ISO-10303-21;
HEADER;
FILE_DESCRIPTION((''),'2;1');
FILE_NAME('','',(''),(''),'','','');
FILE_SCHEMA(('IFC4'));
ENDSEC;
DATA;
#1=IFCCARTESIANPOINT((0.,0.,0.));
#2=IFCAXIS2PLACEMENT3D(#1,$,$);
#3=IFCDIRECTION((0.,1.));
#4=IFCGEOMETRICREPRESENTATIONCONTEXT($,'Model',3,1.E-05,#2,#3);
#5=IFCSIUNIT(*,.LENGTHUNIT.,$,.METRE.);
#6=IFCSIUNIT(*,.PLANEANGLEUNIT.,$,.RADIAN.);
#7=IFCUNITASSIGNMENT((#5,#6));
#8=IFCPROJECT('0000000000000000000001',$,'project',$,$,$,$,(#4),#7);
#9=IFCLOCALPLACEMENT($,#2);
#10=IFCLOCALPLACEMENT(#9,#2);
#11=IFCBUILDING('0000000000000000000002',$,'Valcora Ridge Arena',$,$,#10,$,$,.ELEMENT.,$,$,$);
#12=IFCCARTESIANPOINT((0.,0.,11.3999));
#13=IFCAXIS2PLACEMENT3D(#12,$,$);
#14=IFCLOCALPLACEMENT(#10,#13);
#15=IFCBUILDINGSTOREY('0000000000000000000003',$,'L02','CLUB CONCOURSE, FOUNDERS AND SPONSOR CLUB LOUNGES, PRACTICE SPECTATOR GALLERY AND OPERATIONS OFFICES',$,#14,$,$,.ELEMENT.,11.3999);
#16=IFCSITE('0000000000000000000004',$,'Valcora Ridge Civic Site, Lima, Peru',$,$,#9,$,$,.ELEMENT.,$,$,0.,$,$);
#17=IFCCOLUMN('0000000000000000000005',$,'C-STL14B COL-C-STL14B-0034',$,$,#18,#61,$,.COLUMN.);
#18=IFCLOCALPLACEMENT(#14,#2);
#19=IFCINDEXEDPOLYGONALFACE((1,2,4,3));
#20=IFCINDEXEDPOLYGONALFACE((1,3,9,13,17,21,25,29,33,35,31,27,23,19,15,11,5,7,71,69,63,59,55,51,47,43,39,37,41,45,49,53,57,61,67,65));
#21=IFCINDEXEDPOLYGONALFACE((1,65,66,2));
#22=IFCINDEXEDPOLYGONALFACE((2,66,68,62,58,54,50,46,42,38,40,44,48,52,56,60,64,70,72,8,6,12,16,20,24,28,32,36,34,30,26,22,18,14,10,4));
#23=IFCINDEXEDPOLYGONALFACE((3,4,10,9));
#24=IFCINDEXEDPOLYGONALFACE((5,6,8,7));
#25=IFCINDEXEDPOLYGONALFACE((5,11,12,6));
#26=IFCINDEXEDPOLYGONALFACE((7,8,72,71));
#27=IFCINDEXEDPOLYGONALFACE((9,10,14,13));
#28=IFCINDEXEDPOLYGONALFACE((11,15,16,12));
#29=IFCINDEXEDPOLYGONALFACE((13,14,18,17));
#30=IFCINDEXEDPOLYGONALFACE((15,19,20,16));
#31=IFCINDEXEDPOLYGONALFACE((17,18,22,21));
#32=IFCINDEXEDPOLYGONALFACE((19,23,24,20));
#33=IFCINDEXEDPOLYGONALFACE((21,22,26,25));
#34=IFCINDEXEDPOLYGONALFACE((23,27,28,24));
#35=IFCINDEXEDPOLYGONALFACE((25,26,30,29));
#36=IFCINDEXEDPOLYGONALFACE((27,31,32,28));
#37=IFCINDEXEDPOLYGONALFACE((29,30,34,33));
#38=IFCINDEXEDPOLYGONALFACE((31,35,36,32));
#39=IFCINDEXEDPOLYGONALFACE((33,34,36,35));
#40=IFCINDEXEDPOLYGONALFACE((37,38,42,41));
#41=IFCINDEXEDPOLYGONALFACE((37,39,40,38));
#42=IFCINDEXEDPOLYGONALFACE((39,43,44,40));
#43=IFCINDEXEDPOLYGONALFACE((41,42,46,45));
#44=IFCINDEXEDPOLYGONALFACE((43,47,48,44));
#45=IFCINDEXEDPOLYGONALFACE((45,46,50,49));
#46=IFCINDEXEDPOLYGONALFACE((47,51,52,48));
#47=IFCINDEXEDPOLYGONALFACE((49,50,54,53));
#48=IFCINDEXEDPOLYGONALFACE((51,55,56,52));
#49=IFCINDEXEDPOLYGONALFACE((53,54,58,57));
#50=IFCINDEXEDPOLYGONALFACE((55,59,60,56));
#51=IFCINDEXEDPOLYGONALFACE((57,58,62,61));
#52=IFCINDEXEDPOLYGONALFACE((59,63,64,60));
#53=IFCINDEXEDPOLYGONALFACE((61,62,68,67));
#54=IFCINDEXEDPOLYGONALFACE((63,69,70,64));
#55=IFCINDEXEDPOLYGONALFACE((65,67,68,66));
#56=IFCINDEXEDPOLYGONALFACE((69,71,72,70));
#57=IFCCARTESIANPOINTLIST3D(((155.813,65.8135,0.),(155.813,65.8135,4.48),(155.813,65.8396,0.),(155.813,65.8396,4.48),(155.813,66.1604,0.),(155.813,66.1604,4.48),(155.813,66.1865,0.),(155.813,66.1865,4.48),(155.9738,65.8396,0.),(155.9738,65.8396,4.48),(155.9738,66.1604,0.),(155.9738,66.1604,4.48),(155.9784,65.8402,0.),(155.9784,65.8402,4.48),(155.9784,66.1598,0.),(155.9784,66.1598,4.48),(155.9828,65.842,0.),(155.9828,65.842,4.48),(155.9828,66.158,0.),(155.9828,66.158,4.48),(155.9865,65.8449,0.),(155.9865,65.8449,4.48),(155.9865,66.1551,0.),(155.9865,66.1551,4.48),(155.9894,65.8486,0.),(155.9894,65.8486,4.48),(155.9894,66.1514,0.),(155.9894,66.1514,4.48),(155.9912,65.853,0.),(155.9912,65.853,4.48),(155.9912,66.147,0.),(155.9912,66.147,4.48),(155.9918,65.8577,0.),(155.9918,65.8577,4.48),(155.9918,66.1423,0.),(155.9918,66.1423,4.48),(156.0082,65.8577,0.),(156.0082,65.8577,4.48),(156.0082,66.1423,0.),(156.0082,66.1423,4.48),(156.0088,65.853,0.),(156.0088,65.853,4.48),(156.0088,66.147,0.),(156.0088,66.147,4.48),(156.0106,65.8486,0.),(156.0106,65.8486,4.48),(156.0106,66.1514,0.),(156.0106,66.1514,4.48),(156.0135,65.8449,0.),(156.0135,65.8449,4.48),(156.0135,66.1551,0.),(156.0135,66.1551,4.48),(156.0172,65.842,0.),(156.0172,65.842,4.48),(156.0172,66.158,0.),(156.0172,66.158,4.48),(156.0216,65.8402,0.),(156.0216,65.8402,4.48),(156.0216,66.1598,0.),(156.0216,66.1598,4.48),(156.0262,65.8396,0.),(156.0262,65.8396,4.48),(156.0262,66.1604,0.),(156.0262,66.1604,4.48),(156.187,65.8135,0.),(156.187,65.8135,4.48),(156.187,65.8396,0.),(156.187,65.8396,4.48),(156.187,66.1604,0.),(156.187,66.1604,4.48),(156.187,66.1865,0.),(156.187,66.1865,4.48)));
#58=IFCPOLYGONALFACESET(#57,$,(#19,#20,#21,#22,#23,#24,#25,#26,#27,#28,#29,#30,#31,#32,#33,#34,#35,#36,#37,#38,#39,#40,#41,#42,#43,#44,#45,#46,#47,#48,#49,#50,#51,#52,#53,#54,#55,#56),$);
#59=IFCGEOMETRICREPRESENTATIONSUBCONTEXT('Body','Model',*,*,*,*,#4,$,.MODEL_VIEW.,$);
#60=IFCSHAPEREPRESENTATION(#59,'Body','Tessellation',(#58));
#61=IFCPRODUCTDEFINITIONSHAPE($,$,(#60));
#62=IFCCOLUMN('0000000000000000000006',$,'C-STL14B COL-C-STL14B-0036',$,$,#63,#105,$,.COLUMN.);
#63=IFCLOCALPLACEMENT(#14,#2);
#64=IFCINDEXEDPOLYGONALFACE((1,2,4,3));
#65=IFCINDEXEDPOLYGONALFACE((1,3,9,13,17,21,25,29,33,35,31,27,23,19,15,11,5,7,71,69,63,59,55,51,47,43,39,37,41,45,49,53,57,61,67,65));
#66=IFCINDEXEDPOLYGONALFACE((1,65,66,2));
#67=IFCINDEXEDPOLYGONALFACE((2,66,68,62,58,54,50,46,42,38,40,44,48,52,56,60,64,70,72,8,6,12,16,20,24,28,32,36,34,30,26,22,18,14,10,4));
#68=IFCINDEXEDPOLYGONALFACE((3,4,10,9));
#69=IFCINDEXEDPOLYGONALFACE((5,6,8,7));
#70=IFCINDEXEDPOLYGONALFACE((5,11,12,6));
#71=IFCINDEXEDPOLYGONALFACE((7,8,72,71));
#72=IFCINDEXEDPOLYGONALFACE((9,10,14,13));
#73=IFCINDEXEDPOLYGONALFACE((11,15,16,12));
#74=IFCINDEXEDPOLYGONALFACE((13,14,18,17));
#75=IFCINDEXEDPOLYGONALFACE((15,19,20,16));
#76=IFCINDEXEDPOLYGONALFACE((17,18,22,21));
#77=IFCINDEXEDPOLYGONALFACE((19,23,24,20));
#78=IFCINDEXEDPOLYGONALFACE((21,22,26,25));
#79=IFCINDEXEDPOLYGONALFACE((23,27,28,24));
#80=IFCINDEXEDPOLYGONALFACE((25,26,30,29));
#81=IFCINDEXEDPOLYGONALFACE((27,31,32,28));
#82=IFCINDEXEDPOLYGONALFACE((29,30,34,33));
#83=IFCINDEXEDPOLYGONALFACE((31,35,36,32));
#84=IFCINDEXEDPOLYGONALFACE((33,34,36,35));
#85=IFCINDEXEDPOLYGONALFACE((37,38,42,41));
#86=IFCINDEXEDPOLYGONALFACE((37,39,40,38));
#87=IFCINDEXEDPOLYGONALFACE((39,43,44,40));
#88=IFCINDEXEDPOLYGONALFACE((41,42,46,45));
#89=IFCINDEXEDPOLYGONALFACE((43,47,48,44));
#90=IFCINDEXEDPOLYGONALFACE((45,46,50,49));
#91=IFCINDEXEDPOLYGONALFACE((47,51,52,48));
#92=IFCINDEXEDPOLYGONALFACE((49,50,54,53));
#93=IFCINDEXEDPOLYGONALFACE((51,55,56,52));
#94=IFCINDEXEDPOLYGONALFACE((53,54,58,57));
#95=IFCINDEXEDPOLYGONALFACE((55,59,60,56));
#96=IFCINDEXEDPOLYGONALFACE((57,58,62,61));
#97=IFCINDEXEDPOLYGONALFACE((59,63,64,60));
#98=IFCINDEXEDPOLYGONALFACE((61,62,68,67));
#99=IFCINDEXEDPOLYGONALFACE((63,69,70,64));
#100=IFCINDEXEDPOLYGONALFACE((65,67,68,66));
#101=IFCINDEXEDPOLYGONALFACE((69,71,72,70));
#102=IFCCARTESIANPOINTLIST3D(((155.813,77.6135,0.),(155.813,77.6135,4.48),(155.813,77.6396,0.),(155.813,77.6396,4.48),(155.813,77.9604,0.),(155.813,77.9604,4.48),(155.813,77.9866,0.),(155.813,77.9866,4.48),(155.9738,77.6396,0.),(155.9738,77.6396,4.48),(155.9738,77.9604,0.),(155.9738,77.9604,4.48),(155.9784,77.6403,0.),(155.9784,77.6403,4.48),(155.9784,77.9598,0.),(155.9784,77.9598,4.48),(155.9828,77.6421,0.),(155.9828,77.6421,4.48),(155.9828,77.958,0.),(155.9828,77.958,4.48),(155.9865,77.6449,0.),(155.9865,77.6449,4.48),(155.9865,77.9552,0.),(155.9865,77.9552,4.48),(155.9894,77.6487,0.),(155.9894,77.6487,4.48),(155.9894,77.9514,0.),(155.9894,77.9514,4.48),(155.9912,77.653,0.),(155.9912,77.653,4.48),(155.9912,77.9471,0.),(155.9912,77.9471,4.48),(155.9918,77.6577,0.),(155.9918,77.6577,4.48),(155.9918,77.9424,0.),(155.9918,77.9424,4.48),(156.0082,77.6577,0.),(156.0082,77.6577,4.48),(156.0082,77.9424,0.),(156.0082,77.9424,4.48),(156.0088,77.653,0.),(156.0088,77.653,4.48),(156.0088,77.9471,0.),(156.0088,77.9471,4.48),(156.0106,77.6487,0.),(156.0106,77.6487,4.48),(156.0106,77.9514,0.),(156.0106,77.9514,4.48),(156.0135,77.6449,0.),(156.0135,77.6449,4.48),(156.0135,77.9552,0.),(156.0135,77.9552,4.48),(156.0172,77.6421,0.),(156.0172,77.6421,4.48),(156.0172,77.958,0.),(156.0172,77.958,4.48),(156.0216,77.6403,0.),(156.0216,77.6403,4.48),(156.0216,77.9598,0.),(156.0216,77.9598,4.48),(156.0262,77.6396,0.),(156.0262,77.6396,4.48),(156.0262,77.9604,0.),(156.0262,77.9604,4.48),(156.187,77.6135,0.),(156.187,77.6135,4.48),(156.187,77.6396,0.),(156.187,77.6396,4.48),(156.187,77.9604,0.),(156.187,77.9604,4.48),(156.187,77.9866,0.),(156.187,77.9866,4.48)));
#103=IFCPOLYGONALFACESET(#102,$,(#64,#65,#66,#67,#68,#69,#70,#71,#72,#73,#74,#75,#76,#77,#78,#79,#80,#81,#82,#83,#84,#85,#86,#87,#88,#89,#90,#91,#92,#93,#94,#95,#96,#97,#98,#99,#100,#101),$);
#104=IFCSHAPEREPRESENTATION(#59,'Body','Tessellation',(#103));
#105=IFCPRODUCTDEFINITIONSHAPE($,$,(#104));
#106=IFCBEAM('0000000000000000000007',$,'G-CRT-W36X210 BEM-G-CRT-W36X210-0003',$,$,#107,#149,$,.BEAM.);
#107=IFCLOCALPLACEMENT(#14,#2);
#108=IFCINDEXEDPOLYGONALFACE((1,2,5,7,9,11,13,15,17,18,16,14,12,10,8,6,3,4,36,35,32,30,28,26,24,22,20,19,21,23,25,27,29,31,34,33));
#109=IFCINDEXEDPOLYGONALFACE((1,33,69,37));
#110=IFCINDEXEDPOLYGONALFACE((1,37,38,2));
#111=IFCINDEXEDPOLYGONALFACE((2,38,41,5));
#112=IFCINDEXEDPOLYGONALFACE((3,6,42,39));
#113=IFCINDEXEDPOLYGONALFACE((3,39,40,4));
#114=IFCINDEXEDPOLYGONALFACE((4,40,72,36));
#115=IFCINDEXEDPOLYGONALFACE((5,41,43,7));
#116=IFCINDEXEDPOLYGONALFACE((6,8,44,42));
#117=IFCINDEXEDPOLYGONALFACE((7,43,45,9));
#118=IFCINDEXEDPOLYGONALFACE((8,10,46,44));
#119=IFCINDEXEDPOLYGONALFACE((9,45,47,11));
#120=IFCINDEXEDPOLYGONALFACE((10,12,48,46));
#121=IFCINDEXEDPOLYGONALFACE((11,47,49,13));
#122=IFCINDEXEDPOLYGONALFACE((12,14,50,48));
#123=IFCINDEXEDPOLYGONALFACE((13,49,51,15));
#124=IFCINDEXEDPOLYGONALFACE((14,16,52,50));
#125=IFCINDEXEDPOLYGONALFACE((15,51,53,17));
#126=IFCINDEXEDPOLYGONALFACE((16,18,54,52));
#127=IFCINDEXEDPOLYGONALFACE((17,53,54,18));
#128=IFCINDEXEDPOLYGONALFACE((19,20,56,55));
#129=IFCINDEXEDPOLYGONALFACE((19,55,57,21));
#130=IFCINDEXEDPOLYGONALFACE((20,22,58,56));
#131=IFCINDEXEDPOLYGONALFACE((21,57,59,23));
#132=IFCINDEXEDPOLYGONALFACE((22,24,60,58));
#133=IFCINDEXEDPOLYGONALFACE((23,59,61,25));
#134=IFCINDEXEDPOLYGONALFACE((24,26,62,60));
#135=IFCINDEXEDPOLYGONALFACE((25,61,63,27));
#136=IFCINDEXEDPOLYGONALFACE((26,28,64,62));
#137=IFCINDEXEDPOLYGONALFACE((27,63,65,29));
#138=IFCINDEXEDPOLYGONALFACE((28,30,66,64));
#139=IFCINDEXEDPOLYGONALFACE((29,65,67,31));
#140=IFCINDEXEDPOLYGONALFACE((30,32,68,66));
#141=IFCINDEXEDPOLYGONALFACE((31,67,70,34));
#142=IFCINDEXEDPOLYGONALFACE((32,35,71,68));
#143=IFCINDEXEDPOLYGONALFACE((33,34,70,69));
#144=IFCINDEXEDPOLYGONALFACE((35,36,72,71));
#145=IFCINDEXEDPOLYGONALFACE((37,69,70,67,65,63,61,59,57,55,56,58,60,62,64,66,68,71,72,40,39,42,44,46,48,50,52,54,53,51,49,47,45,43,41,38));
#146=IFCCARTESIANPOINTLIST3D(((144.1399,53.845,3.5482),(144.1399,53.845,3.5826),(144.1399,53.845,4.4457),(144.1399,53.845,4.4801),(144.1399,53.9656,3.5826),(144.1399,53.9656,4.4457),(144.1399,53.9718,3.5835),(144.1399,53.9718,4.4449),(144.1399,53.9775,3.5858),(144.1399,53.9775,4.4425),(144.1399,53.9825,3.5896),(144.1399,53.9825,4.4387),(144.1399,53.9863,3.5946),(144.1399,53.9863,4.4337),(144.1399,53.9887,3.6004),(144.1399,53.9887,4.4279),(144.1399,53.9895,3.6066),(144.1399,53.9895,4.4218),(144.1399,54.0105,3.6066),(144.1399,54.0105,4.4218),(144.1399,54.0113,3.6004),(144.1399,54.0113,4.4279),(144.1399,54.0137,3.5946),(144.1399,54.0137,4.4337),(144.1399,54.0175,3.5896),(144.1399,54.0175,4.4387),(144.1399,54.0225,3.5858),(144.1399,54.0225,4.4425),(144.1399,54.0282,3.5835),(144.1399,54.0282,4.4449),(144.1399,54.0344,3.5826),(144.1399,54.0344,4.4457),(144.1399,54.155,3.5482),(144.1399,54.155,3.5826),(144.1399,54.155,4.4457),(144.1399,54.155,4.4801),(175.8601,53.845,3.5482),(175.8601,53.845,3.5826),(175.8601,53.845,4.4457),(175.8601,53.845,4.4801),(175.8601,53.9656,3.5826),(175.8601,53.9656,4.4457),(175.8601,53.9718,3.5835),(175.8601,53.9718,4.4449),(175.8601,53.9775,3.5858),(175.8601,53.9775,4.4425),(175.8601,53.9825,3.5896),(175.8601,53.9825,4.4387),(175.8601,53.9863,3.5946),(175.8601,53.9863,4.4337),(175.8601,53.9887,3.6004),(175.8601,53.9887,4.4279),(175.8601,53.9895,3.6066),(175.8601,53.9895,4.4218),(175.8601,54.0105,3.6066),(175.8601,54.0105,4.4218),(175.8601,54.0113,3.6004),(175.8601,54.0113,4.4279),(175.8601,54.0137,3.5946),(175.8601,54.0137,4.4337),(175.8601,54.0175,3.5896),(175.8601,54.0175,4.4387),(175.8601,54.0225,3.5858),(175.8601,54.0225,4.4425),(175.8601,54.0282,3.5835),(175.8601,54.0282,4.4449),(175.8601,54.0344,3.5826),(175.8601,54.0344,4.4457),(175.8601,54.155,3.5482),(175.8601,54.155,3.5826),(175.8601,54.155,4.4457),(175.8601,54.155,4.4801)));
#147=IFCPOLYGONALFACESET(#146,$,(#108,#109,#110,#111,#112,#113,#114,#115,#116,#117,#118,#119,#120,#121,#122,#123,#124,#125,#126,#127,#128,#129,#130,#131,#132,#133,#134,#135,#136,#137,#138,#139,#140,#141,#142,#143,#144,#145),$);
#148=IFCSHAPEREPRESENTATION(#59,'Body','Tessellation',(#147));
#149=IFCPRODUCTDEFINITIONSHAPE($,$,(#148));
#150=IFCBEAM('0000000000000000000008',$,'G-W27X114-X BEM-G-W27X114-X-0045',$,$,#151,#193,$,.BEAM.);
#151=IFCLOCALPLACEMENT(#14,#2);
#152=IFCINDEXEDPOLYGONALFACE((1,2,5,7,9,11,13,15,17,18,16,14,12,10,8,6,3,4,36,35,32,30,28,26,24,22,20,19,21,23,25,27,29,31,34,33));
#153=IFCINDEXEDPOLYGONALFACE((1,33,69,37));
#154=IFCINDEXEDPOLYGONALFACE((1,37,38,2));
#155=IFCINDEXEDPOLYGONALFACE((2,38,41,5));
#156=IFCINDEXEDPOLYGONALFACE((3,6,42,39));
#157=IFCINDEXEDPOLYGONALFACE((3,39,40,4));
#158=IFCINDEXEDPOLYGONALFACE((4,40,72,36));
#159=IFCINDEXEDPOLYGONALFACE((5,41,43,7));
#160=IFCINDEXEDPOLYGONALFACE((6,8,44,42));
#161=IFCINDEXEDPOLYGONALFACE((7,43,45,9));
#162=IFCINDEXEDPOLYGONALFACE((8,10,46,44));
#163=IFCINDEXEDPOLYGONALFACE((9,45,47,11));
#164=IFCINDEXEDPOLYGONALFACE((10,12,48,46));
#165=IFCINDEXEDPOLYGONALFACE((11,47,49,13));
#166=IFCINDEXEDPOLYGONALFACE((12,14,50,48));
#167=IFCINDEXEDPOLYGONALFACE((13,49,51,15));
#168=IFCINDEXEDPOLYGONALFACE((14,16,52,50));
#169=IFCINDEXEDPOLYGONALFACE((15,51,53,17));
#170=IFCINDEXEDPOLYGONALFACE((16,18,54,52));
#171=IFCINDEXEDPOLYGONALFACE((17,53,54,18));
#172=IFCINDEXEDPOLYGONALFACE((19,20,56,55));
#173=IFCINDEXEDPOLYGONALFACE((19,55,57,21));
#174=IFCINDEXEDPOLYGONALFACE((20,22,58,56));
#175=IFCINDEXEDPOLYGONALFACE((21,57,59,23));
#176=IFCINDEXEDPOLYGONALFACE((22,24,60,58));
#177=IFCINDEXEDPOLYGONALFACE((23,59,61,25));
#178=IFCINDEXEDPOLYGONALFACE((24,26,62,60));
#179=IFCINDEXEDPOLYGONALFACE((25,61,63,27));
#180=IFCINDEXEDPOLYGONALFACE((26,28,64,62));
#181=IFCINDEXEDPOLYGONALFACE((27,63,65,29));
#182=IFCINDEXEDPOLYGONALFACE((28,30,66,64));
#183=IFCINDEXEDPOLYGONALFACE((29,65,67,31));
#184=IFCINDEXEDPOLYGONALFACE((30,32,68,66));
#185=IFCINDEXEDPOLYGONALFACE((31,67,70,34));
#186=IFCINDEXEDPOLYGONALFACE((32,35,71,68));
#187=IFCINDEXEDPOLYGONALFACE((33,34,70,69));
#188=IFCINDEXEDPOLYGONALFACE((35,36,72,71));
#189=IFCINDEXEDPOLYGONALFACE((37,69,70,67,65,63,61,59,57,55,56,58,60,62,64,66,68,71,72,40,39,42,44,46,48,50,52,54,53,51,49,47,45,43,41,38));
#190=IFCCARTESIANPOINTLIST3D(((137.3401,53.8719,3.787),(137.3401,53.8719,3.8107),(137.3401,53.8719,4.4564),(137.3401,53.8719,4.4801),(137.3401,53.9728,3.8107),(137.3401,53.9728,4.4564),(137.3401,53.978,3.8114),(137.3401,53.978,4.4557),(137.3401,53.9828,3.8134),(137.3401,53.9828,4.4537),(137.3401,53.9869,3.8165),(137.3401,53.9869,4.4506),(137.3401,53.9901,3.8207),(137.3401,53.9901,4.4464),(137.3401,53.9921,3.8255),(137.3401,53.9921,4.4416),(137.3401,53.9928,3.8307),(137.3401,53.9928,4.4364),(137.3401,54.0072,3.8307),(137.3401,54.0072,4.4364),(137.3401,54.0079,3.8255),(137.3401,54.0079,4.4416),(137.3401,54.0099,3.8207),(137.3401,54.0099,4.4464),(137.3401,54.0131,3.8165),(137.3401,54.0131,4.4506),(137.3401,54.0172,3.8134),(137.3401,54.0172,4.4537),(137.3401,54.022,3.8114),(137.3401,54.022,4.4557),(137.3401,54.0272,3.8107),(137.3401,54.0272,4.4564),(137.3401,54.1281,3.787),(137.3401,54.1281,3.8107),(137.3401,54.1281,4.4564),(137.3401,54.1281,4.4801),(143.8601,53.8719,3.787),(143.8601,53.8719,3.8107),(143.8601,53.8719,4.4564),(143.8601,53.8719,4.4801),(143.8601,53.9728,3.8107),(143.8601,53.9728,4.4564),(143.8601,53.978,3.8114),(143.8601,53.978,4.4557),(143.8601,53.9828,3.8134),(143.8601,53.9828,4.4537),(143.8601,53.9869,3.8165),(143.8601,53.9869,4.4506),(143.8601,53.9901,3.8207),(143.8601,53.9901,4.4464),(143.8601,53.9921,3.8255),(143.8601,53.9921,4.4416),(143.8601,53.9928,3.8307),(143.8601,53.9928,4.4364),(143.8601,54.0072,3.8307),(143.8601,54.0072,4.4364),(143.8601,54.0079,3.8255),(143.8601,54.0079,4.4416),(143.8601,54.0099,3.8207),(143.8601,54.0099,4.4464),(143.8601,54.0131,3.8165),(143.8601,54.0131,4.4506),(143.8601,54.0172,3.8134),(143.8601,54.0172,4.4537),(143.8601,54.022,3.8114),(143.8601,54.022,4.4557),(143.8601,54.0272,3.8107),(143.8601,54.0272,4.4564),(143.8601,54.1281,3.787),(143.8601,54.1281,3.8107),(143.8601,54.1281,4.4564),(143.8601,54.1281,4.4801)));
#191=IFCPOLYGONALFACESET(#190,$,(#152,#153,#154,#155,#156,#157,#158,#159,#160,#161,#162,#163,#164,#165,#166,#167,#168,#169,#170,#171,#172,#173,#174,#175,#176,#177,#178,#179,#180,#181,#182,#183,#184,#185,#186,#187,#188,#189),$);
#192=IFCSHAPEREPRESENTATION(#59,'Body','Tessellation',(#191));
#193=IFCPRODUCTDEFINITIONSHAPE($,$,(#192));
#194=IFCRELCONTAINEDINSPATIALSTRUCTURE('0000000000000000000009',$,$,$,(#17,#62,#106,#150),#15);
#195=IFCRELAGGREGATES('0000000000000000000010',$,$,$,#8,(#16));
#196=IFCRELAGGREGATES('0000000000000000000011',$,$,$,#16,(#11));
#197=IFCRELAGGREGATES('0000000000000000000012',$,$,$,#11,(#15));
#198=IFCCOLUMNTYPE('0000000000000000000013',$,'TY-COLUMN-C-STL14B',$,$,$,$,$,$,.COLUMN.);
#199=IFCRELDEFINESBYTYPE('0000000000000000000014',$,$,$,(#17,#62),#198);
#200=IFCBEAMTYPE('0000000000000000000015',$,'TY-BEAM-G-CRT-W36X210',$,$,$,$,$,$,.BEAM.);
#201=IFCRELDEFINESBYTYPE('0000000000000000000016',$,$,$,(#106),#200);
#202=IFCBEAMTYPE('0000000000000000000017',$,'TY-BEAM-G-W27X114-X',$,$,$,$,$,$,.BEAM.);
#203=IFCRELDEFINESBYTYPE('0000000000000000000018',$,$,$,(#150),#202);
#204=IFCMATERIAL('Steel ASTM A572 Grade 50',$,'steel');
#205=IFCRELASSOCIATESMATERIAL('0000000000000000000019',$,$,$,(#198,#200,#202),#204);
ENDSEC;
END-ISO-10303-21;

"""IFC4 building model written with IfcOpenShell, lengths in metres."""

from ifc_helpers import new_model, si_unit, direction, frame, origin, origin_2d, place, context, subcontext, project, spatial, i_section, extrude, material, material_profile, profile_set, type_object, element, save


model = new_model("IFC4")

# Units and contexts
model_context = context("Model", 3, precision=1e-05, world=origin(), true_north=direction((0.0, 1.0)))
body_context = subcontext(model_context, "Body", "Model", "MODEL_VIEW")
ifc_project = project(units=[si_unit("LENGTHUNIT", "METRE"), si_unit("PLANEANGLEUNIT", "RADIAN")], contexts=[model_context])

# Site, building, storey
site_placement = place(None, origin())
site = spatial("IfcSite", under=ifc_project, at=site_placement, Name="Valcora Ridge Civic Site, Lima, Peru", CompositionType="ELEMENT", RefElevation=0.0)
building_placement = place(site_placement, origin())
building = spatial("IfcBuilding", under=site, at=building_placement, Name="Valcora Ridge Arena", CompositionType="ELEMENT")
storey_placement = place(building_placement, frame((0.0, 0.0, 11.3999)))
storey = spatial("IfcBuildingStorey", under=building, at=storey_placement, Name="L02", Description="CLUB CONCOURSE, FOUNDERS AND SPONSOR CLUB LOUNGES, PRACTICE SPECTATOR GALLERY AND OPERATIONS OFFICES", CompositionType="ELEMENT", Elevation=11.3999)

# Columns
ifc_material_1 = material(Name="Steel ASTM A572 Grade 50", Category="steel")
ifc_material_profile_1 = material_profile(ifc_material_1, i_section(OverallWidth=0.374, OverallDepth=0.373, WebThickness=0.0164, FlangeThickness=0.0261, FilletRadius=0.0181, at=origin_2d()), Name="W14X132")
ifc_profile_set_1 = profile_set([ifc_material_profile_1], Name="Steel ASTM A572 Grade 50")
column_type = type_object("IfcColumnType", Name="TY-COLUMN-C-STL14B", PredefinedType="COLUMN", material=ifc_profile_set_1)
for number, where, z_axis, x_axis, name in (
    (1, (156.0, 66.0, 0.0), (0.0, 0.0, 1.0), (1.0, 0.0, 0.0), "C-STL14B COL-C-STL14B-0034"),
    (2, (156.0, 77.8, 0.0), (0.0, 0.0, 1.0), (1.0, 0.0, 0.0), "C-STL14B COL-C-STL14B-0036"),
):
    element("IfcColumn", number, at=place(storey_placement, frame(where, z_axis=z_axis, x_axis=x_axis)), inside=storey, type_object=column_type, Name=name, PredefinedType="COLUMN", context=body_context, shape_type="SweptSolid", body=[
        extrude(i_section(OverallWidth=0.374, OverallDepth=0.373, WebThickness=0.0164, FlangeThickness=0.0261, FilletRadius=0.0181, at=origin_2d()), origin(), (0.0, 0.0, 1.0), 4.48),
    ])

# Beams
ifc_material_profile_2 = material_profile(ifc_material_1, i_section(OverallWidth=0.3101, OverallDepth=0.9319, WebThickness=0.021, FlangeThickness=0.0344, FilletRadius=0.0239, at=origin_2d()), Name="W36X210")
ifc_profile_set_2 = profile_set([ifc_material_profile_2], Name="Steel ASTM A572 Grade 50")
beam_type_1 = type_object("IfcBeamType", Name="TY-BEAM-G-CRT-W36X210", PredefinedType="BEAM", material=ifc_profile_set_2)
beam_1_placement = place(storey_placement, frame((144.1399, 54.0, 4.0142), z_axis=(1.0, 0.0, 0.0), x_axis=(0.0, 1.0, 0.0)))
element("IfcBeam", 3, at=beam_1_placement, inside=storey, type_object=beam_type_1, Name="G-CRT-W36X210 BEM-G-CRT-W36X210-0003", PredefinedType="BEAM", context=body_context, shape_type="SweptSolid", body=[
    extrude(i_section(OverallWidth=0.3101, OverallDepth=0.9319, WebThickness=0.021, FlangeThickness=0.0344, FilletRadius=0.0239, at=origin_2d()), origin(), (0.0, 0.0, 1.0), 31.7202),
])
ifc_material_profile_3 = material_profile(ifc_material_1, i_section(OverallWidth=0.2561, OverallDepth=0.6931, WebThickness=0.0144, FlangeThickness=0.0237, FilletRadius=0.02, at=origin_2d()), Name="W27X114")
ifc_profile_set_3 = profile_set([ifc_material_profile_3], Name="Steel ASTM A572 Grade 50")
beam_type_2 = type_object("IfcBeamType", Name="TY-BEAM-G-W27X114-X", PredefinedType="BEAM", material=ifc_profile_set_3)
for number, where, z_axis, x_axis, name in (
    (4, (137.3401, 54.0, 4.1335), (1.0, 0.0, 0.0), (0.0, 1.0, 0.0), "G-W27X114-X BEM-G-W27X114-X-0045"),
):
    element("IfcBeam", number, at=place(storey_placement, frame(where, z_axis=z_axis, x_axis=x_axis)), inside=storey, type_object=beam_type_2, Name=name, PredefinedType="BEAM", context=body_context, shape_type="SweptSolid", body=[
        extrude(i_section(OverallWidth=0.2561, OverallDepth=0.6931, WebThickness=0.0144, FlangeThickness=0.0237, FilletRadius=0.02, at=origin_2d()), origin(), (0.0, 0.0, 1.0), 6.52),
    ])

save(model, "model.ifc")
